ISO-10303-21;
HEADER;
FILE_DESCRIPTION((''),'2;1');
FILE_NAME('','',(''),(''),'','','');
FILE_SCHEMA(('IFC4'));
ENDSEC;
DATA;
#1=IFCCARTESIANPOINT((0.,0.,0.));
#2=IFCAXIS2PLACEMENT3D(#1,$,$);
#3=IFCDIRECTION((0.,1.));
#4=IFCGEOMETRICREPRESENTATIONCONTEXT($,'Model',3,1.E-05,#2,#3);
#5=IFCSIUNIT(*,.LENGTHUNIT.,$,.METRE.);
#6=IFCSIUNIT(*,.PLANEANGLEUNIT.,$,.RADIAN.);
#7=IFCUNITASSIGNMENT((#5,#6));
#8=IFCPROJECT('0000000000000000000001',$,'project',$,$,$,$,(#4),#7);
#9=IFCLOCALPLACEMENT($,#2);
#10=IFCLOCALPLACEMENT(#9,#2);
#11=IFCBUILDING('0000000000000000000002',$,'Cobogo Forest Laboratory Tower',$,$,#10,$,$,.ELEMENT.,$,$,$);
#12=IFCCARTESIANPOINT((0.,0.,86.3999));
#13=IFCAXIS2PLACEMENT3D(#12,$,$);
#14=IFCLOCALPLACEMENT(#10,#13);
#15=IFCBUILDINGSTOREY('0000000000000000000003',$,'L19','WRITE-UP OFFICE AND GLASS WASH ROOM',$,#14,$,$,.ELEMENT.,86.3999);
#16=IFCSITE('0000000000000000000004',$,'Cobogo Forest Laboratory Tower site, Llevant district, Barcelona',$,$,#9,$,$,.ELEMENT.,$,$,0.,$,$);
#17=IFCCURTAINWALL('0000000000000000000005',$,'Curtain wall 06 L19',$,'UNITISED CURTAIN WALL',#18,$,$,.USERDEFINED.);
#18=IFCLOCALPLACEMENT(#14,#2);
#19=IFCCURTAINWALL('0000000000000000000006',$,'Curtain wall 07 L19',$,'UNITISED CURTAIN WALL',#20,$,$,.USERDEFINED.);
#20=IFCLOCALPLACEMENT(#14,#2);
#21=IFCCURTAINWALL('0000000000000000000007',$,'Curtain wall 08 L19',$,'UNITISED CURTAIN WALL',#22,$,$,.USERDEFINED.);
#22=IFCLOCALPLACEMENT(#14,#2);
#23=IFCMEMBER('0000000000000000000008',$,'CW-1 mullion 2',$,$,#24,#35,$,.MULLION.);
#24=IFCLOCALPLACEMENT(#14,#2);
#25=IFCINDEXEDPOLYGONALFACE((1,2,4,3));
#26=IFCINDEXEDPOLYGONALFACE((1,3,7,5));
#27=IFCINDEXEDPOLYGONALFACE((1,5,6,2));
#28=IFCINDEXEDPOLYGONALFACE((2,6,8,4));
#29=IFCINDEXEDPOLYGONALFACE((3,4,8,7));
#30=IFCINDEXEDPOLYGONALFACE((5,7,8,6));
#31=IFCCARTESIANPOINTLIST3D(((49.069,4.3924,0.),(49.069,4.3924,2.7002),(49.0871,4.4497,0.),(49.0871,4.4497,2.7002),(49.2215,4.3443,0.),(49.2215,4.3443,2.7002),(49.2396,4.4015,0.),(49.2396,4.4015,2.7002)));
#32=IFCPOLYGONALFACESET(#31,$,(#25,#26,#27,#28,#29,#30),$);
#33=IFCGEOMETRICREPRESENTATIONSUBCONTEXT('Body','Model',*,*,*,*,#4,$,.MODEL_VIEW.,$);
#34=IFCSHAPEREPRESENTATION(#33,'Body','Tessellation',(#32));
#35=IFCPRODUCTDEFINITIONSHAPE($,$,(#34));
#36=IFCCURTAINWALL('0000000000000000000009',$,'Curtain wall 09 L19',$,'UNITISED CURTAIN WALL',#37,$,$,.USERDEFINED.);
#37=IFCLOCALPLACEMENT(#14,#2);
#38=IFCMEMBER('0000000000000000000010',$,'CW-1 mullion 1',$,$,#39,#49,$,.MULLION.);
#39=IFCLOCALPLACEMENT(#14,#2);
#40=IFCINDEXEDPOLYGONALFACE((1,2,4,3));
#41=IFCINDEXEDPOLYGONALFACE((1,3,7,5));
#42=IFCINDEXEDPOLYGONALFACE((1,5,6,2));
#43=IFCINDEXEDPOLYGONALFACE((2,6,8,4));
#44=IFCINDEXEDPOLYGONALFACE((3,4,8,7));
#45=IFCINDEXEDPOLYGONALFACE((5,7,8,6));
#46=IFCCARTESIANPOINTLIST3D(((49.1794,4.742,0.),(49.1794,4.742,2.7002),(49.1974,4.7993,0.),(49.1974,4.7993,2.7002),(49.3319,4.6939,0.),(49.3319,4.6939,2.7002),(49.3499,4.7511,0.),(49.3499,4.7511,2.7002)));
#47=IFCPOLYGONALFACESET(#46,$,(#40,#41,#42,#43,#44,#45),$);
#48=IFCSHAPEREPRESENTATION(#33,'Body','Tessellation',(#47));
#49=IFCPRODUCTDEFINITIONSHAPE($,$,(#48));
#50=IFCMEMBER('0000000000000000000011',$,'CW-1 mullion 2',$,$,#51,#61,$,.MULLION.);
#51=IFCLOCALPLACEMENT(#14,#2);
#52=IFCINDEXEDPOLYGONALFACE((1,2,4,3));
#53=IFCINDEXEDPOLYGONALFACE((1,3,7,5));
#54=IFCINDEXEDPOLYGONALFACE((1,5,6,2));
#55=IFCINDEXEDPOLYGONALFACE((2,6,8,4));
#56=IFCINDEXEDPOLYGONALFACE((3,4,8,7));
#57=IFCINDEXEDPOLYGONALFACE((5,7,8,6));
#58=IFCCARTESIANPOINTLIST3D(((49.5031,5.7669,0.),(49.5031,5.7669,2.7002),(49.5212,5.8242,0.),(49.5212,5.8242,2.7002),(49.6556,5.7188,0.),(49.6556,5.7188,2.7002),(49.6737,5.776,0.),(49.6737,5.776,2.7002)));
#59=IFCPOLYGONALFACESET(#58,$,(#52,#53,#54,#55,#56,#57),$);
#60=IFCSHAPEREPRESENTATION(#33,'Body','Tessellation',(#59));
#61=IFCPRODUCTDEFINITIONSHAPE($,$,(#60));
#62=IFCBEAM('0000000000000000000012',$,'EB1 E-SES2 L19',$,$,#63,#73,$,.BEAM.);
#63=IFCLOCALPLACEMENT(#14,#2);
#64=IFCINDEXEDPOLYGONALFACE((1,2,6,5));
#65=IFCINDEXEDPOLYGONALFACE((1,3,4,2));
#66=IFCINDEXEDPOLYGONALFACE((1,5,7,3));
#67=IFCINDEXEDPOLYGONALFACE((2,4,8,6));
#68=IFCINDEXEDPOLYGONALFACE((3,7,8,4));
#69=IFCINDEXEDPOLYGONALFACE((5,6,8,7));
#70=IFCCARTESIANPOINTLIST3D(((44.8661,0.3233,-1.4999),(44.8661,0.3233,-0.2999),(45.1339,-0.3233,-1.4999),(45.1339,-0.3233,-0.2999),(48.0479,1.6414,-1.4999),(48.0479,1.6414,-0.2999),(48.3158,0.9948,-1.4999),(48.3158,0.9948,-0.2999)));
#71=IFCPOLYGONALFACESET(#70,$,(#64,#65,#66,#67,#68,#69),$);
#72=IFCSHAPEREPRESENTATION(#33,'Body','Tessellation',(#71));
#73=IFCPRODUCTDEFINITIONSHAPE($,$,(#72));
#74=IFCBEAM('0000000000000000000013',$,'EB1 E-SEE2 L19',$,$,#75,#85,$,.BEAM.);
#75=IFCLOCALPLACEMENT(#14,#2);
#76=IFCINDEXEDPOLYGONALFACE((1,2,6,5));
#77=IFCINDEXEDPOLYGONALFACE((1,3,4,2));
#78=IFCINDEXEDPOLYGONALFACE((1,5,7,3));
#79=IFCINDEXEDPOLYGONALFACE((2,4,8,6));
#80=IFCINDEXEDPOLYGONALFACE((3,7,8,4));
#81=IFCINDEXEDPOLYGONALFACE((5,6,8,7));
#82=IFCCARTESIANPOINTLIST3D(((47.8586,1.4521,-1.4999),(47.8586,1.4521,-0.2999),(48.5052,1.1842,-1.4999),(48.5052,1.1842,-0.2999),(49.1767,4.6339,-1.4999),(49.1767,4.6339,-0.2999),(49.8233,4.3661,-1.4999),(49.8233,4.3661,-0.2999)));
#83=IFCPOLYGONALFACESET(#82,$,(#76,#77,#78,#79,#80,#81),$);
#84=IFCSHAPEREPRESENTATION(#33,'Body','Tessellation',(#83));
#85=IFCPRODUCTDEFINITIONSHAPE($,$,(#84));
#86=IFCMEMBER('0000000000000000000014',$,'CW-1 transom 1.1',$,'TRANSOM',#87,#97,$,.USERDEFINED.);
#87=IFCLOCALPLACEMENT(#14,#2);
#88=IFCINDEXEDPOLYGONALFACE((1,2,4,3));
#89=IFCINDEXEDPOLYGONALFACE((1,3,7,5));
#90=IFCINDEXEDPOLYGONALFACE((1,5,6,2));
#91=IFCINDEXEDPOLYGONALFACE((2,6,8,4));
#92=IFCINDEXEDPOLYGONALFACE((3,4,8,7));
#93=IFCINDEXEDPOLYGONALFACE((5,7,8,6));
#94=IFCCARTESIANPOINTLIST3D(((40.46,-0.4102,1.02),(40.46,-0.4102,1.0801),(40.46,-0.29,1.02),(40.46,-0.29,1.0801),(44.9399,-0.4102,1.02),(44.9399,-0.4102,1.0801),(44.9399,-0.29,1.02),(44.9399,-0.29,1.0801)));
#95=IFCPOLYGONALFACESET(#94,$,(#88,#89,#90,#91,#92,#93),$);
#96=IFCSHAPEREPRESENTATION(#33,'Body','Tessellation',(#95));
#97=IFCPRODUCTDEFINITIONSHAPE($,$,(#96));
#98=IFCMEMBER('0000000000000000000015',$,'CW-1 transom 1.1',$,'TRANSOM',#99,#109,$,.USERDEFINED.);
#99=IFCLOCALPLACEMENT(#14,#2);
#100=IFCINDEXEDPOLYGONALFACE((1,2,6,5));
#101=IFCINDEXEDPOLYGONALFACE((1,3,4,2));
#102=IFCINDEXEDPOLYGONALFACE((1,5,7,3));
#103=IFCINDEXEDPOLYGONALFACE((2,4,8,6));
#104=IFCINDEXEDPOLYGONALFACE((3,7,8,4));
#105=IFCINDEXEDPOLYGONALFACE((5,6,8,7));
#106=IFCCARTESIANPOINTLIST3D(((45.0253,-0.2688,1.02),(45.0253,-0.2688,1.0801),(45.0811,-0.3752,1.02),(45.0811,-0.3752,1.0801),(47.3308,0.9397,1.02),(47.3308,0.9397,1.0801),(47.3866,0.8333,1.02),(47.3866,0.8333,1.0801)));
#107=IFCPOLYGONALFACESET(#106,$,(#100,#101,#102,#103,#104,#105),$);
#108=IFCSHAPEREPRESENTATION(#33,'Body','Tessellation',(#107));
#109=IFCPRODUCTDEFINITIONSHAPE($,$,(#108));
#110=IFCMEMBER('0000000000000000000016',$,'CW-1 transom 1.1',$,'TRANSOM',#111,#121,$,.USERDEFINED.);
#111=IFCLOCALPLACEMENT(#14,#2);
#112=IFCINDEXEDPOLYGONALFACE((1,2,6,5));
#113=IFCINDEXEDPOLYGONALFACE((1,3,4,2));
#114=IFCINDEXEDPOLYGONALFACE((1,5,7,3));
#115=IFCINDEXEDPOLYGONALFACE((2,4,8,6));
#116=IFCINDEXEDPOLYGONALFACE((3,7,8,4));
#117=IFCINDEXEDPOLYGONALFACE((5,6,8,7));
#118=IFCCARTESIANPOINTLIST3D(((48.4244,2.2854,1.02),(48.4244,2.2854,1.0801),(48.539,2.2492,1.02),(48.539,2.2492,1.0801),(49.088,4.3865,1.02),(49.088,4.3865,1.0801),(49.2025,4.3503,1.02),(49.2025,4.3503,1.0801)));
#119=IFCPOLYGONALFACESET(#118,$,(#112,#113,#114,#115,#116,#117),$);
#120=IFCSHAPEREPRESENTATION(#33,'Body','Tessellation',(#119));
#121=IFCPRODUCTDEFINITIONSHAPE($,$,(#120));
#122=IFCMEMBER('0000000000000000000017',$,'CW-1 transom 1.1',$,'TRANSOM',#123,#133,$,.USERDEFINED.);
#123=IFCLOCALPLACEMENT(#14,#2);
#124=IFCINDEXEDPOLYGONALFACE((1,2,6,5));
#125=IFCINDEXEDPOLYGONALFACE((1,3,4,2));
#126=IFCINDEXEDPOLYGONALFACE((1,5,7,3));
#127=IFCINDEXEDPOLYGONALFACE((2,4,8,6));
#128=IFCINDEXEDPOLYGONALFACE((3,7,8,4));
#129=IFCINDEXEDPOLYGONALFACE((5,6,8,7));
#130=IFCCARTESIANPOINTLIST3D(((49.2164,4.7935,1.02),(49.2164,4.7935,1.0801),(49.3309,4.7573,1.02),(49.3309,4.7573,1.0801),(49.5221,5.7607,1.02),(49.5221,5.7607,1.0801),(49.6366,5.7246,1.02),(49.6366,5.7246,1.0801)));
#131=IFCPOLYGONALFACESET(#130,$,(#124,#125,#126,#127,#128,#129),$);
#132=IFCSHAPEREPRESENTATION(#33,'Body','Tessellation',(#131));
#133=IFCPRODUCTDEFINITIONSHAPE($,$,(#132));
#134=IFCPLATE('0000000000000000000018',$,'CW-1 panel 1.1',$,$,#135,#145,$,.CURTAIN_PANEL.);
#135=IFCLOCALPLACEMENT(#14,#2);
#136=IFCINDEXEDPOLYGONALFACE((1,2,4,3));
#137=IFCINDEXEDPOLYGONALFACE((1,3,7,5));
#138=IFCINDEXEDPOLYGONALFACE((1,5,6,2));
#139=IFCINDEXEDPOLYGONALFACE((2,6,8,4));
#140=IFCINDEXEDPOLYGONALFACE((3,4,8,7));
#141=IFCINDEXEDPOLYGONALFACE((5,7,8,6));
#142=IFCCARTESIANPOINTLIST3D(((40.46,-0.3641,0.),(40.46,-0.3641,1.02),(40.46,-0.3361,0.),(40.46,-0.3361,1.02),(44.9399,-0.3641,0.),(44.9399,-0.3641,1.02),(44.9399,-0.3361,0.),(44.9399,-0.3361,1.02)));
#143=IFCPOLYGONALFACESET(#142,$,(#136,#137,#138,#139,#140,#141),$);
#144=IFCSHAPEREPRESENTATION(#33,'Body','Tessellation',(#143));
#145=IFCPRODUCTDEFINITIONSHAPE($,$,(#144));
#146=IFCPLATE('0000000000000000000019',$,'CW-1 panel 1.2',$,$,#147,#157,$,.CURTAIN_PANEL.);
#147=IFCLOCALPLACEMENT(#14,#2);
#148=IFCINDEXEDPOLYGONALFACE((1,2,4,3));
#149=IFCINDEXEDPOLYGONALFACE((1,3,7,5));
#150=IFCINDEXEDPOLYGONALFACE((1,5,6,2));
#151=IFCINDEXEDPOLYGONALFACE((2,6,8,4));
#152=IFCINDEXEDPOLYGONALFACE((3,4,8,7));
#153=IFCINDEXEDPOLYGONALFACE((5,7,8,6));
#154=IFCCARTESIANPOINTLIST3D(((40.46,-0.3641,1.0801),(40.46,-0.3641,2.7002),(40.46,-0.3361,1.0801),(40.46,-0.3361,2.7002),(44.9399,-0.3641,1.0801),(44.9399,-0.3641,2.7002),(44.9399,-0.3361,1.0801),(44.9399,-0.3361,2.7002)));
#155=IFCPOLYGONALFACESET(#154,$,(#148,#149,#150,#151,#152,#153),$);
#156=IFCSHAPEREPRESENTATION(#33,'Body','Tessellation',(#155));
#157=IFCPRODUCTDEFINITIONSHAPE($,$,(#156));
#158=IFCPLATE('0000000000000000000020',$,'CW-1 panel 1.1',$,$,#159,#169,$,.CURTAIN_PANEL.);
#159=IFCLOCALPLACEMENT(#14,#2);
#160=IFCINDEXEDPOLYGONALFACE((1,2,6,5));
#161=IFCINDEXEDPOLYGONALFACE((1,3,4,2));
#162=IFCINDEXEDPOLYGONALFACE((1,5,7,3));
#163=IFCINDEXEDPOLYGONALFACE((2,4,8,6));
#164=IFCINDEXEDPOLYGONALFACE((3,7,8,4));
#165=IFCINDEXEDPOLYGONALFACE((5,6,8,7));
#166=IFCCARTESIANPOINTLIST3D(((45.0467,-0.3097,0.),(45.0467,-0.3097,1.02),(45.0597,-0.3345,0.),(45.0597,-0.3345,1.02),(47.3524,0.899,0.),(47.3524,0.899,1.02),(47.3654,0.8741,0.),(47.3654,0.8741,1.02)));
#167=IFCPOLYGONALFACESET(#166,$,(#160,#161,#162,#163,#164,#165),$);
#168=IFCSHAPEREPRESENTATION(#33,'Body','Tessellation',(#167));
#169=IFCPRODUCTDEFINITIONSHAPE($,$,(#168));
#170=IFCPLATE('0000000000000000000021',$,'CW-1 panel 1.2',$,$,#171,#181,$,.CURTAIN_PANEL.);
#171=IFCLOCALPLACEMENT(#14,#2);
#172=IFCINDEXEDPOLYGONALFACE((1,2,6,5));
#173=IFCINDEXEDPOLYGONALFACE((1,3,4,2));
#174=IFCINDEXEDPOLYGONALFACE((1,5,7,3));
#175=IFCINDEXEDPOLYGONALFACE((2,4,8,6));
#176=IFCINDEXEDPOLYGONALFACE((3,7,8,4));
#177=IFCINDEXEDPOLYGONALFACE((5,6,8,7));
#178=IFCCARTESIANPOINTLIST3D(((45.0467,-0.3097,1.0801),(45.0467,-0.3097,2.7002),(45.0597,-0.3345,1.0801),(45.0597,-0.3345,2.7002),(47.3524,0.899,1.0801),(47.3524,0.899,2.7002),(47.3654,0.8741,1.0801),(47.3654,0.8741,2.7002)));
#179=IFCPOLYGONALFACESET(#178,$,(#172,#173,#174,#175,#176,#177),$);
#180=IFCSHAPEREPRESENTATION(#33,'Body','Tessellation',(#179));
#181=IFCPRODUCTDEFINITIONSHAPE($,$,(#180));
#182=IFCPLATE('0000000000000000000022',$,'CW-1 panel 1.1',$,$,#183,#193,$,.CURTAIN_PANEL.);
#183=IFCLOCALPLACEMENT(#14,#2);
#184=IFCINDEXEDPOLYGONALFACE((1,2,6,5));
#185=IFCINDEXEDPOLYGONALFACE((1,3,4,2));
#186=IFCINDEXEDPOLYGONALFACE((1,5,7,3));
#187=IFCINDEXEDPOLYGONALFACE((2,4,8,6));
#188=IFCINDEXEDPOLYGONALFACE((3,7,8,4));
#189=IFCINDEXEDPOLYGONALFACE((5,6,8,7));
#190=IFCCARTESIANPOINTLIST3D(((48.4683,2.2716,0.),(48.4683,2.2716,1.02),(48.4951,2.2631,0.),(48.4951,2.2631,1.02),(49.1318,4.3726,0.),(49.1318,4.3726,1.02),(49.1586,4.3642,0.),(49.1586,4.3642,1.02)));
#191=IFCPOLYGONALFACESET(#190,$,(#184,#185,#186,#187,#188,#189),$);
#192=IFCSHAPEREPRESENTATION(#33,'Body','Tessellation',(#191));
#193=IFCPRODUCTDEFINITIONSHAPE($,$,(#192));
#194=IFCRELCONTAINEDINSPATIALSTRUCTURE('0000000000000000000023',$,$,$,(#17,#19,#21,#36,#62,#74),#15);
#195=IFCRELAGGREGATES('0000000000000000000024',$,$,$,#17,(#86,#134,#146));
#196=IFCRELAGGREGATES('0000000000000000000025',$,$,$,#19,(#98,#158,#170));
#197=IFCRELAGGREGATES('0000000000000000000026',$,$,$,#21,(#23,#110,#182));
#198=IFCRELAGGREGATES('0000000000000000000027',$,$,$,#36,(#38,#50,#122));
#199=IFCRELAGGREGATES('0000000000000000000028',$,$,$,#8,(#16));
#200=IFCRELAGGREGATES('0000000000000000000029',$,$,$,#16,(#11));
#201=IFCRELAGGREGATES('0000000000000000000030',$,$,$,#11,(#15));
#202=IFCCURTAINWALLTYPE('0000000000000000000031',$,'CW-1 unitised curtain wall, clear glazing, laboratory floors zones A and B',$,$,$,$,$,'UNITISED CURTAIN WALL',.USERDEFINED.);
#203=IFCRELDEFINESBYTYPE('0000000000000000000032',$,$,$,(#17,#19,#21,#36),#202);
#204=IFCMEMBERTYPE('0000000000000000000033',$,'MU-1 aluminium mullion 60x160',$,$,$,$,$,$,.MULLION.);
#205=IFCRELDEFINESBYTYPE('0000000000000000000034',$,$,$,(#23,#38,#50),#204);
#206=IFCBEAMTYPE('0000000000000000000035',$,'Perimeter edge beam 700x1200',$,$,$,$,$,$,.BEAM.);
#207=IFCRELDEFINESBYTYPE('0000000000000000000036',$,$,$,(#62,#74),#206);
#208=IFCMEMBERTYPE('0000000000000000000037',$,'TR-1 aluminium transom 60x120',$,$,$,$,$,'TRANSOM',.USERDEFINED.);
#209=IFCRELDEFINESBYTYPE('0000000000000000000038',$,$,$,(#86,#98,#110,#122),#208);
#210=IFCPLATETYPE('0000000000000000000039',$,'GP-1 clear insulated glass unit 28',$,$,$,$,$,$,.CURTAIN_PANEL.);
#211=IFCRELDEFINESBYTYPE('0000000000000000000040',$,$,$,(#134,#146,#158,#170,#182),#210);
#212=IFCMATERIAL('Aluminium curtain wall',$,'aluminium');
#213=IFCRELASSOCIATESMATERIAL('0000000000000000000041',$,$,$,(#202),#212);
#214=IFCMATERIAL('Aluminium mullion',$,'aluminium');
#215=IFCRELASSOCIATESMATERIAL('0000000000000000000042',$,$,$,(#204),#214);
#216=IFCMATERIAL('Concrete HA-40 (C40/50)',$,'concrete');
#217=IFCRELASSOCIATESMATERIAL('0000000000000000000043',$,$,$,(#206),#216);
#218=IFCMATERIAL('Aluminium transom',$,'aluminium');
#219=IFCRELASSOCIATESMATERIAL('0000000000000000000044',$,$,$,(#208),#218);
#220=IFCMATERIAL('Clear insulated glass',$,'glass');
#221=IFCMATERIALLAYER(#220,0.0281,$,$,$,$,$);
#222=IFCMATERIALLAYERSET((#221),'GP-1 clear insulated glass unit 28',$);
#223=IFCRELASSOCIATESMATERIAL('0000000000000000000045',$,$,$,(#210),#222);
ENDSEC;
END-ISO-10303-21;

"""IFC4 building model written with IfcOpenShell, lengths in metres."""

from ifc_helpers import new_model, si_unit, direction, frame, origin, origin_2d, place, context, subcontext, project, spatial, rectangle, extrude, material, layer, layer_set, material_profile, profile_set, type_object, element, aggregate, save


model = new_model("IFC4")

# Units and contexts
model_context = context("Model", 3, precision=1e-05, world=origin(), true_north=direction((0.0, 1.0)))
body_context = subcontext(model_context, "Body", "Model", "MODEL_VIEW")
ifc_project = project(units=[si_unit("LENGTHUNIT", "METRE"), si_unit("PLANEANGLEUNIT", "RADIAN")], contexts=[model_context])

# Site, building, storey
site_placement = place(None, origin())
site = spatial("IfcSite", under=ifc_project, at=site_placement, Name="Cobogo Forest Laboratory Tower site, Llevant district, Barcelona", CompositionType="ELEMENT", RefElevation=0.0)
building_placement = place(site_placement, origin())
building = spatial("IfcBuilding", under=site, at=building_placement, Name="Cobogo Forest Laboratory Tower", CompositionType="ELEMENT")
storey_placement = place(building_placement, frame((0.0, 0.0, 86.3999)))
storey = spatial("IfcBuildingStorey", under=building, at=storey_placement, Name="L19", Description="WRITE-UP OFFICE AND GLASS WASH ROOM", CompositionType="ELEMENT", Elevation=86.3999)

# Shared definitions
ifc_material_1 = material(Name="Concrete HA-40 (C40/50)", Category="concrete")

# Curtain walls, members
ifc_material_2 = material(Name="Aluminium curtain wall", Category="aluminium")
curtain_wall_type = type_object("IfcCurtainWallType", Name="CW-1 unitised curtain wall, clear glazing, laboratory floors zones A and B", ElementType="UNITISED CURTAIN WALL", PredefinedType="USERDEFINED", material=ifc_material_2)
curtain_wall_1_placement = place(storey_placement, origin())
curtain_wall_1 = element("IfcCurtainWall", 1, at=curtain_wall_1_placement, inside=storey, type_object=curtain_wall_type, Name="Curtain wall 06 L19", ObjectType="UNITISED CURTAIN WALL", PredefinedType="USERDEFINED")
ifc_material_3 = material(Name="Aluminium mullion", Category="aluminium")
ifc_material_profile_1 = material_profile(ifc_material_3, rectangle(XDim=0.0601, YDim=0.1599, at=origin_2d()), Name="AL 60x160")
ifc_profile_set_1 = profile_set([ifc_material_profile_1], Name="Aluminium mullion")
member_type_1 = type_object("IfcMemberType", Name="MU-1 aluminium mullion 60x160", PredefinedType="MULLION", material=ifc_profile_set_1)
curtain_wall_2_placement = place(storey_placement, origin())
curtain_wall_2 = element("IfcCurtainWall", 2, at=curtain_wall_2_placement, inside=storey, type_object=curtain_wall_type, Name="Curtain wall 07 L19", ObjectType="UNITISED CURTAIN WALL", PredefinedType="USERDEFINED")
curtain_wall_3_placement = place(storey_placement, origin())
curtain_wall_3 = element("IfcCurtainWall", 3, at=curtain_wall_3_placement, inside=storey, type_object=curtain_wall_type, Name="Curtain wall 08 L19", ObjectType="UNITISED CURTAIN WALL", PredefinedType="USERDEFINED")
member_1_placement = place(storey_placement, frame((49.1543, 4.397, 0.0), z_axis=(0.0, 0.0, 1.0), x_axis=(0.301135, 0.953581, 0.0)))
member_1 = element("IfcMember", 4, at=member_1_placement, type_object=member_type_1, Name="CW-1 mullion 2", PredefinedType="MULLION", context=body_context, shape_type="SweptSolid", body=[
    extrude(rectangle(XDim=0.0601, YDim=0.1599, at=origin_2d()), origin(), (0.0, 0.0, 1.0), 2.7002),
])
curtain_wall_4_placement = place(storey_placement, origin())
curtain_wall_4 = element("IfcCurtainWall", 5, at=curtain_wall_4_placement, inside=storey, type_object=curtain_wall_type, Name="Curtain wall 09 L19", ObjectType="UNITISED CURTAIN WALL", PredefinedType="USERDEFINED")
member_2_placement = place(storey_placement, frame((49.2646, 4.7466, 0.0), z_axis=(0.0, 0.0, 1.0), x_axis=(0.301136, 0.953581, 0.0)))
member_2 = element("IfcMember", 6, at=member_2_placement, type_object=member_type_1, Name="CW-1 mullion 1", PredefinedType="MULLION", context=body_context, shape_type="SweptSolid", body=[
    extrude(rectangle(XDim=0.0601, YDim=0.1599, at=origin_2d()), origin(), (0.0, 0.0, 1.0), 2.7002),
])
member_3_placement = place(storey_placement, frame((49.5884, 5.7715, 0.0), z_axis=(0.0, 0.0, 1.0), x_axis=(0.301136, 0.953581, 0.0)))
member_3 = element("IfcMember", 7, at=member_3_placement, type_object=member_type_1, Name="CW-1 mullion 2", PredefinedType="MULLION", context=body_context, shape_type="SweptSolid", body=[
    extrude(rectangle(XDim=0.0601, YDim=0.1599, at=origin_2d()), origin(), (0.0, 0.0, 1.0), 2.7002),
])

# Beams
ifc_material_profile_2 = material_profile(ifc_material_1, rectangle(XDim=0.7, YDim=1.2, at=origin_2d()), Name="RC 700x1200")
ifc_profile_set_2 = profile_set([ifc_material_profile_2], Name="Concrete HA-40 (C40/50)")
beam_type_1 = type_object("IfcBeamType", Name="Perimeter edge beam 700x1200", PredefinedType="BEAM", material=ifc_profile_set_2)
for number, where, z_axis, x_axis, name in (
    (8, (45.0, 0.0, -0.8999), (0.923866, 0.382717, 0.0), (-0.382717, 0.923866, 0.0), "EB1 E-SES2 L19"),
    (9, (49.5, 4.5, -0.8999), (-0.382717, -0.923866, 0.0), (0.923866, -0.382717, 0.0), "EB1 E-SEE2 L19"),
):
    element("IfcBeam", number, at=place(storey_placement, frame(where, z_axis=z_axis, x_axis=x_axis)), inside=storey, type_object=beam_type_1, Name=name, PredefinedType="BEAM", context=body_context, shape_type="SweptSolid", body=[
        extrude(rectangle(XDim=0.7, YDim=1.2, at=origin_2d()), origin(), (0.0, 0.0, 1.0), 3.4441),
    ])

# Members
ifc_material_4 = material(Name="Aluminium transom", Category="aluminium")
ifc_material_profile_3 = material_profile(ifc_material_4, rectangle(XDim=0.1201, YDim=0.0601, at=origin_2d()), Name="AL 60x120")
ifc_profile_set_3 = profile_set([ifc_material_profile_3], Name="Aluminium transom")
member_type_2 = type_object("IfcMemberType", Name="TR-1 aluminium transom 60x120", ElementType="TRANSOM", PredefinedType="USERDEFINED", material=ifc_profile_set_3)
member_4_placement = place(storey_placement, frame((40.46, -0.3501, 1.05), z_axis=(1.0, 0.0, 0.0), x_axis=(0.0, 1.0, 0.0)))
member_4 = element("IfcMember", 10, at=member_4_placement, type_object=member_type_2, Name="CW-1 transom 1.1", ObjectType="TRANSOM", PredefinedType="USERDEFINED", context=body_context, shape_type="SweptSolid", body=[
    extrude(rectangle(XDim=0.1201, YDim=0.0601, at=origin_2d()), origin(), (0.0, 0.0, 1.0), 4.48),
])
member_5_placement = place(storey_placement, frame((45.0532, -0.322, 1.05), z_axis=(0.88569, 0.464277, 0.0), x_axis=(-0.464277, 0.88569, 0.0)))
member_5 = element("IfcMember", 11, at=member_5_placement, type_object=member_type_2, Name="CW-1 transom 1.1", ObjectType="TRANSOM", PredefinedType="USERDEFINED", context=body_context, shape_type="SweptSolid", body=[
    extrude(rectangle(XDim=0.1201, YDim=0.0601, at=origin_2d()), origin(), (0.0, 0.0, 1.0), 2.603),
])
member_6_placement = place(storey_placement, frame((48.4817, 2.2673, 1.05), z_axis=(0.301163, 0.953573, 0.0), x_axis=(-0.953573, 0.301163, 0.0)))
member_6 = element("IfcMember", 12, at=member_6_placement, type_object=member_type_2, Name="CW-1 transom 1.1", ObjectType="TRANSOM", PredefinedType="USERDEFINED", context=body_context, shape_type="SweptSolid", body=[
    extrude(rectangle(XDim=0.1201, YDim=0.0601, at=origin_2d()), origin(), (0.0, 0.0, 1.0), 2.2034),
])
member_7_placement = place(storey_placement, frame((49.2737, 4.7754, 1.05), z_axis=(0.301316, 0.953524, 0.0), x_axis=(-0.953524, 0.301316, 0.0)))
member_7 = element("IfcMember", 13, at=member_7_placement, type_object=member_type_2, Name="CW-1 transom 1.1", ObjectType="TRANSOM", PredefinedType="USERDEFINED", context=body_context, shape_type="SweptSolid", body=[
    extrude(rectangle(XDim=0.1201, YDim=0.0601, at=origin_2d()), origin(), (0.0, 0.0, 1.0), 1.0144),
])

# Plates
ifc_material_5 = material(Name="Clear insulated glass", Category="glass")
ifc_layer = layer(ifc_material_5, 0.0281)
ifc_layer_set = layer_set([ifc_layer], Name="GP-1 clear insulated glass unit 28")
plate_type = type_object("IfcPlateType", Name="GP-1 clear insulated glass unit 28", PredefinedType="CURTAIN_PANEL", material=ifc_layer_set)
plate_1_placement = place(storey_placement, frame((42.7, -0.3501, 0.0), z_axis=(0.0, 0.0, 1.0), x_axis=(1.0, 0.0, 0.0)))
plate_1 = element("IfcPlate", 14, at=plate_1_placement, type_object=plate_type, Name="CW-1 panel 1.1", PredefinedType="CURTAIN_PANEL", context=body_context, shape_type="SweptSolid", body=[
    extrude(rectangle(XDim=4.48, YDim=0.0281, at=origin_2d()), origin(), (0.0, 0.0, 1.0), 1.02),
])
plate_2_placement = place(storey_placement, frame((42.7, -0.3501, 1.0801), z_axis=(0.0, 0.0, 1.0), x_axis=(1.0, 0.0, 0.0)))
plate_2 = element("IfcPlate", 15, at=plate_2_placement, type_object=plate_type, Name="CW-1 panel 1.2", PredefinedType="CURTAIN_PANEL", context=body_context, shape_type="SweptSolid", body=[
    extrude(rectangle(XDim=4.48, YDim=0.0281, at=origin_2d()), origin(), (0.0, 0.0, 1.0), 1.6201),
])
aggregate(curtain_wall_1, [member_4, plate_1, plate_2])
plate_3_placement = place(storey_placement, frame((46.2061, 0.2822, 0.0), z_axis=(0.0, 0.0, 1.0), x_axis=(0.885687, 0.464284, 0.0)))
plate_3 = element("IfcPlate", 16, at=plate_3_placement, type_object=plate_type, Name="CW-1 panel 1.1", PredefinedType="CURTAIN_PANEL", context=body_context, shape_type="SweptSolid", body=[
    extrude(rectangle(XDim=2.6033, YDim=0.0281, at=origin_2d()), origin(), (0.0, 0.0, 1.0), 1.02),
])
plate_4_placement = place(storey_placement, frame((46.2061, 0.2822, 1.0801), z_axis=(0.0, 0.0, 1.0), x_axis=(0.885687, 0.464284, 0.0)))
plate_4 = element("IfcPlate", 17, at=plate_4_placement, type_object=plate_type, Name="CW-1 panel 1.2", PredefinedType="CURTAIN_PANEL", context=body_context, shape_type="SweptSolid", body=[
    extrude(rectangle(XDim=2.6033, YDim=0.0281, at=origin_2d()), origin(), (0.0, 0.0, 1.0), 1.6201),
])
aggregate(curtain_wall_2, [member_5, plate_3, plate_4])
plate_5_placement = place(storey_placement, frame((48.8135, 3.3179, 0.0), z_axis=(0.0, 0.0, 1.0), x_axis=(0.301135, 0.953581, 0.0)))
plate_5 = element("IfcPlate", 18, at=plate_5_placement, type_object=plate_type, Name="CW-1 panel 1.1", PredefinedType="CURTAIN_PANEL", context=body_context, shape_type="SweptSolid", body=[
    extrude(rectangle(XDim=2.2034, YDim=0.0281, at=origin_2d()), origin(), (0.0, 0.0, 1.0), 1.02),
])
aggregate(curtain_wall_3, [member_1, member_6, plate_5])
aggregate(curtain_wall_4, [member_2, member_3, member_7])

save(model, "model.ifc")
